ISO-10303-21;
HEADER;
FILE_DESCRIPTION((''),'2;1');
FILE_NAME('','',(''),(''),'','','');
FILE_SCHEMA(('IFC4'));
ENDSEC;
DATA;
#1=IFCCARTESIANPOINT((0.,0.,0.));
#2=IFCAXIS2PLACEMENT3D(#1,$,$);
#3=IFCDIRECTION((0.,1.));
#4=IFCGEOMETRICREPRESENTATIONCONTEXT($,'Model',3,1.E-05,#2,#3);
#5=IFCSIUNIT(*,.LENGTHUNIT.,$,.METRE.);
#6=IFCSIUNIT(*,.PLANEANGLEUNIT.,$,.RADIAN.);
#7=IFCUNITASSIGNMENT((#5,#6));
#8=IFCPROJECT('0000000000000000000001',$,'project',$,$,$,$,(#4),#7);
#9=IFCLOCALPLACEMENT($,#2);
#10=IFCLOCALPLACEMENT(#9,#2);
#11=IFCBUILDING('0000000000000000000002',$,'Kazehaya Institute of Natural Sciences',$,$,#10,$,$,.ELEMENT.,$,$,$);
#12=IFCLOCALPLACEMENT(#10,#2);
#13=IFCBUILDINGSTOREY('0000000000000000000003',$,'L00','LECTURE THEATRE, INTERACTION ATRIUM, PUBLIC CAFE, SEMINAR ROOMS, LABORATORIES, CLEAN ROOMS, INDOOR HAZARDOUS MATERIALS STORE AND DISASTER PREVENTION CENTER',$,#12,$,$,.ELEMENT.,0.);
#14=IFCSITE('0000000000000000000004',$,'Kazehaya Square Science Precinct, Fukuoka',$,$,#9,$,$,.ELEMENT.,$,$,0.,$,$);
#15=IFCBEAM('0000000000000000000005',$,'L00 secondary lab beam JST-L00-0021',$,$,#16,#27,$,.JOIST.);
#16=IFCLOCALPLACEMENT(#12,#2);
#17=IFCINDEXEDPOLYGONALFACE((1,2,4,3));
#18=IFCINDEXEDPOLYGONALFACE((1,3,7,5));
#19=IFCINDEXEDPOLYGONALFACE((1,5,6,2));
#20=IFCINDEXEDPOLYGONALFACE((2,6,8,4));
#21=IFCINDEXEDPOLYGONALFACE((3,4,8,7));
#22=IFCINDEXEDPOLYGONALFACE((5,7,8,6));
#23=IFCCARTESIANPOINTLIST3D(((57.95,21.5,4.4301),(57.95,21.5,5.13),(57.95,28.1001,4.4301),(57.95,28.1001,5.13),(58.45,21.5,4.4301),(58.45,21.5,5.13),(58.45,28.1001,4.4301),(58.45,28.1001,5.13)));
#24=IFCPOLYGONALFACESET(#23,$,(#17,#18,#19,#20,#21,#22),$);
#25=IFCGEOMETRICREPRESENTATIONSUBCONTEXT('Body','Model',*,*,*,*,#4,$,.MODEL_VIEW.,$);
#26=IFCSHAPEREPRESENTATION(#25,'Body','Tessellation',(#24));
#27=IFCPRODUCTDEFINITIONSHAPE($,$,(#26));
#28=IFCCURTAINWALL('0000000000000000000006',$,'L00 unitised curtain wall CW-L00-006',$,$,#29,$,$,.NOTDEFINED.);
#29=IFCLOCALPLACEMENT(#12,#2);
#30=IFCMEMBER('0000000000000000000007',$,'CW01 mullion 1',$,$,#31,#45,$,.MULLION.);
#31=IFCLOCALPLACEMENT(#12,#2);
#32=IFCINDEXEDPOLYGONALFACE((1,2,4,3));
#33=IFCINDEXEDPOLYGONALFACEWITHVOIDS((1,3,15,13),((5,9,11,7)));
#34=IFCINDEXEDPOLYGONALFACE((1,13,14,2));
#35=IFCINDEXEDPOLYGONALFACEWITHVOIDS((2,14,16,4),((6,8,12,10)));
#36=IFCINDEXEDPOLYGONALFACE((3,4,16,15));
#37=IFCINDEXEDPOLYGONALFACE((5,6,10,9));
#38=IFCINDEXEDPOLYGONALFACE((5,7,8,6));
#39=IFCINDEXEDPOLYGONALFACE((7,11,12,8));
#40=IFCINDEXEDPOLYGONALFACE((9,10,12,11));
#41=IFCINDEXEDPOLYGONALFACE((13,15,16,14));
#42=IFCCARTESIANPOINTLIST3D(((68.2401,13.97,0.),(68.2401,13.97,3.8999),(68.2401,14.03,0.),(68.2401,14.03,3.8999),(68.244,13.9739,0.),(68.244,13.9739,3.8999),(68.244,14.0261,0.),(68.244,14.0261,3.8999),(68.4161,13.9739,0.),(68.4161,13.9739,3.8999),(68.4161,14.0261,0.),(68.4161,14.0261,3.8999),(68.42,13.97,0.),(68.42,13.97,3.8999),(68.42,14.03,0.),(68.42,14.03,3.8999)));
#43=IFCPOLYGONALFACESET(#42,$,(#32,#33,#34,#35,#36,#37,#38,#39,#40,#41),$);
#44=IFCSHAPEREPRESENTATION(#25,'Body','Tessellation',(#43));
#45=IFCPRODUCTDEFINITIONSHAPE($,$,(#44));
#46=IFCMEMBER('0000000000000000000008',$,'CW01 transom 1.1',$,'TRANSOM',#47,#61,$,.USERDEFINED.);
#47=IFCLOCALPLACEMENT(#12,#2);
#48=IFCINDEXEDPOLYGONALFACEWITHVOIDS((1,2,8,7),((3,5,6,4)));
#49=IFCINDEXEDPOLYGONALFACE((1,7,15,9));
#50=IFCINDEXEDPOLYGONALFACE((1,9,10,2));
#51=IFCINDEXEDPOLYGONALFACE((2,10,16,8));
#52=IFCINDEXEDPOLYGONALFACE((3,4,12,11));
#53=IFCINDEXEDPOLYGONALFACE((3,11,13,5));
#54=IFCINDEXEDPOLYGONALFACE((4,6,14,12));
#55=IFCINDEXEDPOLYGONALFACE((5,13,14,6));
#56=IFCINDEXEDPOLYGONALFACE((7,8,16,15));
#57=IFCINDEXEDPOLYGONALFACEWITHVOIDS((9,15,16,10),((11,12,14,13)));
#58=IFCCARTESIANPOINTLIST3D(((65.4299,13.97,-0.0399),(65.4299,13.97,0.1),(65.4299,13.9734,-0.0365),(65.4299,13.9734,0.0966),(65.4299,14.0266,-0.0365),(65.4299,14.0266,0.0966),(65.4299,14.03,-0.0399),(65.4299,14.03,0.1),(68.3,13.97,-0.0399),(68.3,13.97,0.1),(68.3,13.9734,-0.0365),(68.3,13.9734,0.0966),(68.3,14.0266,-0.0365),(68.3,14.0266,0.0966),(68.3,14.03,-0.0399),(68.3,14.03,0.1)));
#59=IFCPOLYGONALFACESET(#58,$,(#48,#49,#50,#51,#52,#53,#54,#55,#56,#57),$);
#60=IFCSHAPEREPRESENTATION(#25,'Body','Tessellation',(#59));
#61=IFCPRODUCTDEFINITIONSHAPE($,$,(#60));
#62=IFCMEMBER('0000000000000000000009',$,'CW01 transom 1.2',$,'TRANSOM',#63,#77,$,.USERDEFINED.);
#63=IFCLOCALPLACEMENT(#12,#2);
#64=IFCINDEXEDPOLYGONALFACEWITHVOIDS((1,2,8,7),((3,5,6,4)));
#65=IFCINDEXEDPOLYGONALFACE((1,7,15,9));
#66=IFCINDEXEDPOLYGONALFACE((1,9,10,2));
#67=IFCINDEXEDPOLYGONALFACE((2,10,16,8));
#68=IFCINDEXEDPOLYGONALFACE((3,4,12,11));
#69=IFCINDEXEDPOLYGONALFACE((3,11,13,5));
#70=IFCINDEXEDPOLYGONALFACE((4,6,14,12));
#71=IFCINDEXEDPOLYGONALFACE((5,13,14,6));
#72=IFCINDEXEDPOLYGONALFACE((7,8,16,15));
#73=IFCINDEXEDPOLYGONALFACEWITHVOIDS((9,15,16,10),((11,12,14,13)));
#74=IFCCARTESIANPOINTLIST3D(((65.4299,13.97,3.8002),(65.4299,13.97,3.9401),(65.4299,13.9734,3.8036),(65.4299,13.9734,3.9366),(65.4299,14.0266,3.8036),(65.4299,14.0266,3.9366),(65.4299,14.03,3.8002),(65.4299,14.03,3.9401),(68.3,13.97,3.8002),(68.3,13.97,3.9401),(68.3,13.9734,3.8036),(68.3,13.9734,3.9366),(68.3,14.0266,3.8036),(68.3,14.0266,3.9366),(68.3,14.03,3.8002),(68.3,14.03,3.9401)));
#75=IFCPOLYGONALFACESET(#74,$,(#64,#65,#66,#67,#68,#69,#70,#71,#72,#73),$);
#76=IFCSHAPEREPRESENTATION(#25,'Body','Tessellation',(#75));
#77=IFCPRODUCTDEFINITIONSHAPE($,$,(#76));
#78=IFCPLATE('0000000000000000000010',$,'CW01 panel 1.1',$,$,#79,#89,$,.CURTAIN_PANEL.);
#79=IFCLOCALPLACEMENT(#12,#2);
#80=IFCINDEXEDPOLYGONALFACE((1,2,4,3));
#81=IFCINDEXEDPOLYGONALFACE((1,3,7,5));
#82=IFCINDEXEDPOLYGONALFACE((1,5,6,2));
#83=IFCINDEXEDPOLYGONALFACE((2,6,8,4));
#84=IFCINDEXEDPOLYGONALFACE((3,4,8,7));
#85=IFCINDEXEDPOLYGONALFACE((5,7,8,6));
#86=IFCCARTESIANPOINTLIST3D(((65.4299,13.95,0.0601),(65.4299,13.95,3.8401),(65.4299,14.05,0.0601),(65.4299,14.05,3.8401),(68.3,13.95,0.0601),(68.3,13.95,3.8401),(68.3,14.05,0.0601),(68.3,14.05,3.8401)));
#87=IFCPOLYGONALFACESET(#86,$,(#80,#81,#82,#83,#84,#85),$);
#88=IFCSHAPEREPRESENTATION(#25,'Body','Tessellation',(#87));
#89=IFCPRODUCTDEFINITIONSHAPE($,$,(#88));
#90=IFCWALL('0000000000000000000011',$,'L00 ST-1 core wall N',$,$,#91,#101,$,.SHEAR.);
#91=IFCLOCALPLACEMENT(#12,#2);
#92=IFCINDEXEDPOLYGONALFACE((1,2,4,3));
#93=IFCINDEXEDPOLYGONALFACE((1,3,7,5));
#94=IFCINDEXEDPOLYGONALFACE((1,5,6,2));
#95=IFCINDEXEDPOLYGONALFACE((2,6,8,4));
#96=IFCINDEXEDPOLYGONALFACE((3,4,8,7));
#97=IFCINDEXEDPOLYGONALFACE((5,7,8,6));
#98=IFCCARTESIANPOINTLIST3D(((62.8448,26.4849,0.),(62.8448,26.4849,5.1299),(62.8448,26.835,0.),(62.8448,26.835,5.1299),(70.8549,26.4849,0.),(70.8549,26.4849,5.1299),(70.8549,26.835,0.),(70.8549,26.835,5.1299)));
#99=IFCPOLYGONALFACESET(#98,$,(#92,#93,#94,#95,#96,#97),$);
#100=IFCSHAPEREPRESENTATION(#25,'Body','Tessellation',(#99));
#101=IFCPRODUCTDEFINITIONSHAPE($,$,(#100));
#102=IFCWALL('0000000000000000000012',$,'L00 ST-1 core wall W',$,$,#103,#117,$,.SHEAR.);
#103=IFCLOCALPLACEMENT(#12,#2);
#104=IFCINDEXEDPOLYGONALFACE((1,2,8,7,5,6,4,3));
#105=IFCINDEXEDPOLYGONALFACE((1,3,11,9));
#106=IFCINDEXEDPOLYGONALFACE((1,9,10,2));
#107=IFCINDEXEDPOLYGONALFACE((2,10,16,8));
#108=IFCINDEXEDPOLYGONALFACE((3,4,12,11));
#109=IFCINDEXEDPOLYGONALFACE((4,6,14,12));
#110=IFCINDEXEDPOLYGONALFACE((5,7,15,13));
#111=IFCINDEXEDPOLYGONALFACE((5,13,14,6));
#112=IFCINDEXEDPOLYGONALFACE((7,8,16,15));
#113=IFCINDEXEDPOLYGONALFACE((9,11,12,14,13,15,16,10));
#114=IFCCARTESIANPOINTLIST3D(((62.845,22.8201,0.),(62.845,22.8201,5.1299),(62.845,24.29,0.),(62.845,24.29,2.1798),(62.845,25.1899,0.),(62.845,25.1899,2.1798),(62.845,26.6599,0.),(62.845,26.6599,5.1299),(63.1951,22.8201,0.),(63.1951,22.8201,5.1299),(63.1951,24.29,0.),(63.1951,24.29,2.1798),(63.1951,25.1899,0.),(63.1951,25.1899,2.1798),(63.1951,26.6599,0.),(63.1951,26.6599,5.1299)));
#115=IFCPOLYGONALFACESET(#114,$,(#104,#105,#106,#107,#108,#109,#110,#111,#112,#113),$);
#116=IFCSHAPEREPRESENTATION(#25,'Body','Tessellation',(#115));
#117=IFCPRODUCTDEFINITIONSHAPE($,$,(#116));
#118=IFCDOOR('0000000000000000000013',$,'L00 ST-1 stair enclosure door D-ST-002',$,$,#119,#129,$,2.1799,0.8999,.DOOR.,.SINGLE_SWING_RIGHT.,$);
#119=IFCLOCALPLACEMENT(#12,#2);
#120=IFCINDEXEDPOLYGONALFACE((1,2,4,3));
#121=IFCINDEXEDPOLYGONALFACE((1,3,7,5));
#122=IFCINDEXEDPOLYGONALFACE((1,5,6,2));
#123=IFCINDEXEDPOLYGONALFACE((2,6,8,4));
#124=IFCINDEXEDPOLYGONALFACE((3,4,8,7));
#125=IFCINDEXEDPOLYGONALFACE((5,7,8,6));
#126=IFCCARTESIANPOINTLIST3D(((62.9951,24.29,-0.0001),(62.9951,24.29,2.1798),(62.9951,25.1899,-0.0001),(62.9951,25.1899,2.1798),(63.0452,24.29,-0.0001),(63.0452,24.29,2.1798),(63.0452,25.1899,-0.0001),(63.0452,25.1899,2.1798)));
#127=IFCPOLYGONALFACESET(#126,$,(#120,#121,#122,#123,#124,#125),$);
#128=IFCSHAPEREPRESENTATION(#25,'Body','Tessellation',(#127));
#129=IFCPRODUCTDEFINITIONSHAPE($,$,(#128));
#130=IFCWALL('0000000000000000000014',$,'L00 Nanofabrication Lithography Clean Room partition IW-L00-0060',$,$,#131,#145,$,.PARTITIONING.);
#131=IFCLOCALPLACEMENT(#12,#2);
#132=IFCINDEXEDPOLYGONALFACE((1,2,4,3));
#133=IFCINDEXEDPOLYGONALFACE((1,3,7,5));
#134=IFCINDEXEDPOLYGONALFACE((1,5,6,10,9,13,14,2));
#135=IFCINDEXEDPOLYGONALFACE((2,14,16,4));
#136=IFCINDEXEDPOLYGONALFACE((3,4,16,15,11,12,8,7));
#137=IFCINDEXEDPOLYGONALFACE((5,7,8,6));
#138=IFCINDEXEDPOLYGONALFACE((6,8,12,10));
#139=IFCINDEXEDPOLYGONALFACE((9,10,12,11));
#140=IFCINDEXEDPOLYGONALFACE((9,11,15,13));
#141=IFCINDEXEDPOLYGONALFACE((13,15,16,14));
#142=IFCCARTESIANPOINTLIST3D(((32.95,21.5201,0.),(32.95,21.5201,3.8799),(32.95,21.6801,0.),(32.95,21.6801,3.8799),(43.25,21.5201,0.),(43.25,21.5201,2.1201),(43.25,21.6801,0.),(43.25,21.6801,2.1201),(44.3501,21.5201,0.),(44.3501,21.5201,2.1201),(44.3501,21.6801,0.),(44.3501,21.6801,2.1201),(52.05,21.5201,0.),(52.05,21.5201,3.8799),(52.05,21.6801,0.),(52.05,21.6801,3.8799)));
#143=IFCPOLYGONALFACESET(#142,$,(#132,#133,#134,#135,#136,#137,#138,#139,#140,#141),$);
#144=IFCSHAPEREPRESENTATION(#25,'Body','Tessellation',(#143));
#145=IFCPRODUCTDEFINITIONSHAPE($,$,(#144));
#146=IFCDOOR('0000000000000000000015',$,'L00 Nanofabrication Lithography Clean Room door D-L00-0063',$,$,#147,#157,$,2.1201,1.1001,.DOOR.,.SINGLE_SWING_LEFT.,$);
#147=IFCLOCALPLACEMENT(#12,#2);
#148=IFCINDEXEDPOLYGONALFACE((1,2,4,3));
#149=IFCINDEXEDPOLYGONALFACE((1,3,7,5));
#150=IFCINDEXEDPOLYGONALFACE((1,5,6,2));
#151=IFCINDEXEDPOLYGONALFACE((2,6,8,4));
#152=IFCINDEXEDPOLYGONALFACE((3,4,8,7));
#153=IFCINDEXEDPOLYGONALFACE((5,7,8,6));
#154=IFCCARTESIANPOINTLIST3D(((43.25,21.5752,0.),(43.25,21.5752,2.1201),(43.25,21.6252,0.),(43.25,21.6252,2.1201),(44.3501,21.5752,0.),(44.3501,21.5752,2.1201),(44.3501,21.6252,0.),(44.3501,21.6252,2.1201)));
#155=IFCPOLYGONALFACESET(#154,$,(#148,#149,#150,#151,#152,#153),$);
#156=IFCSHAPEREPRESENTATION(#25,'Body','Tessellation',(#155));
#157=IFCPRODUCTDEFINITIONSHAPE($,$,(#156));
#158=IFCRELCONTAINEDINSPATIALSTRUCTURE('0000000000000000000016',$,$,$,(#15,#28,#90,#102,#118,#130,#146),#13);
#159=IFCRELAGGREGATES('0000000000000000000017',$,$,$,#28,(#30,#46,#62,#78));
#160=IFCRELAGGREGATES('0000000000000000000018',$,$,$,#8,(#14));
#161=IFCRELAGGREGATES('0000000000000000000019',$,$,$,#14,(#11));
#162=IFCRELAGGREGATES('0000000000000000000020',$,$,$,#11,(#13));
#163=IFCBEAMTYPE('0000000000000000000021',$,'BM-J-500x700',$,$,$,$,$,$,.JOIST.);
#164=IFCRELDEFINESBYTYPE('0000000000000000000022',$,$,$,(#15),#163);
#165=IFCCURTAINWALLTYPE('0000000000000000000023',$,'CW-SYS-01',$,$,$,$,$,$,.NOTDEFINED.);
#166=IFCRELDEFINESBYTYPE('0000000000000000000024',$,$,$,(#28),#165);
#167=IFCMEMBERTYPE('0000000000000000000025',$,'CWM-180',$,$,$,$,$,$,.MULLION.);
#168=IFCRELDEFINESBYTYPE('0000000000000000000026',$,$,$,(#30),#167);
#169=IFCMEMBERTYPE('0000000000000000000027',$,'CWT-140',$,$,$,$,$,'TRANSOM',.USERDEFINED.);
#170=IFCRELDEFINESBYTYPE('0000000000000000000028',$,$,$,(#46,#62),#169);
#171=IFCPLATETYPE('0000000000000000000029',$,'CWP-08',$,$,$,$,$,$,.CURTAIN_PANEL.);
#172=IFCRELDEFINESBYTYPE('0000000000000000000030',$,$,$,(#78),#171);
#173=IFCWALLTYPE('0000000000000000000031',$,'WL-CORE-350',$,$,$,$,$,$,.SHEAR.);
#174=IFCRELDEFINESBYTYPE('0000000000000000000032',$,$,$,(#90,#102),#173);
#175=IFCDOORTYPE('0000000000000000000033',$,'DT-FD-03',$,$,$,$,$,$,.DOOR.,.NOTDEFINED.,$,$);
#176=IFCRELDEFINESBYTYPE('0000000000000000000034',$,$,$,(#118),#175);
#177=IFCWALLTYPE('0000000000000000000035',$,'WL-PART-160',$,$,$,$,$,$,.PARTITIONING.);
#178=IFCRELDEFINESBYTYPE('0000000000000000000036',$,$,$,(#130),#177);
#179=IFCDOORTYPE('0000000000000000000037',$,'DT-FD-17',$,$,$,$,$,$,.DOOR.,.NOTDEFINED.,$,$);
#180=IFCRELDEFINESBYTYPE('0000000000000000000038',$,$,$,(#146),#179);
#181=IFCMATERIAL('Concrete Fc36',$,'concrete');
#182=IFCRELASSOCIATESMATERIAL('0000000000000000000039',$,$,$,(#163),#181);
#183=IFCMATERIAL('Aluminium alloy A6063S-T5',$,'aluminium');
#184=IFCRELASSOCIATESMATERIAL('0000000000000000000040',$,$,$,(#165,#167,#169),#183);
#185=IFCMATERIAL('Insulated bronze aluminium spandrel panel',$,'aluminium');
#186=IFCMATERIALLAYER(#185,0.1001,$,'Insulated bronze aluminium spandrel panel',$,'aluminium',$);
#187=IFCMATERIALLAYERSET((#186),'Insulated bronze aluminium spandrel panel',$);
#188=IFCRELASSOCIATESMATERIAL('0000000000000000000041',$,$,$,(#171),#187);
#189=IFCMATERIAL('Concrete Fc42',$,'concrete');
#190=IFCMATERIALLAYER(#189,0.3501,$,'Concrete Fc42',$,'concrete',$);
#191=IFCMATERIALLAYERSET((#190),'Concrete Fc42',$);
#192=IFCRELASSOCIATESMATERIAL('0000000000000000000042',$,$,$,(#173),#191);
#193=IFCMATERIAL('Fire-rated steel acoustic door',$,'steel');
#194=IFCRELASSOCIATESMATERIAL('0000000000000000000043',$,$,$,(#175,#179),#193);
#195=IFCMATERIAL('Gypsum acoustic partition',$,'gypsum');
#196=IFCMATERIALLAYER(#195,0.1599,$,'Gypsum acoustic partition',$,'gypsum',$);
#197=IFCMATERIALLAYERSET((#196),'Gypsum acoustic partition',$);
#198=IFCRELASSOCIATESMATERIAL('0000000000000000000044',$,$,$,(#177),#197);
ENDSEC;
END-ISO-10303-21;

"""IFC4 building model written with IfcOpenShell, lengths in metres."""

from ifc_helpers import new_model, si_unit, direction, frame, frame_2d, origin, origin_2d, place, context, subcontext, project, spatial, rectangle, hollow_rectangle, extrude, material, layer, layer_set, material_profile, profile_set, type_object, element, fill, aggregate, save


model = new_model("IFC4")

# Units and contexts
model_context = context("Model", 3, precision=1e-05, world=origin(), true_north=direction((0.0, 1.0)))
body_context = subcontext(model_context, "Body", "Model", "MODEL_VIEW")
ifc_project = project(units=[si_unit("LENGTHUNIT", "METRE"), si_unit("PLANEANGLEUNIT", "RADIAN")], contexts=[model_context])

# Site, building, storey
site_placement = place(None, origin())
site = spatial("IfcSite", under=ifc_project, at=site_placement, Name="Kazehaya Square Science Precinct, Fukuoka", CompositionType="ELEMENT", RefElevation=0.0)
building_placement = place(site_placement, origin())
building = spatial("IfcBuilding", under=site, at=building_placement, Name="Kazehaya Institute of Natural Sciences", CompositionType="ELEMENT")
storey_placement = place(building_placement, origin())
storey = spatial("IfcBuildingStorey", under=building, at=storey_placement, Name="L00", Description="LECTURE THEATRE, INTERACTION ATRIUM, PUBLIC CAFE, SEMINAR ROOMS, LABORATORIES, CLEAN ROOMS, INDOOR HAZARDOUS MATERIALS STORE AND DISASTER PREVENTION CENTER", CompositionType="ELEMENT", Elevation=0.0)

# Shared definitions
ifc_material_1 = material(Name="Concrete Fc42", Category="concrete")

# Beam
ifc_material_2 = material(Name="Concrete Fc36", Category="concrete")
ifc_material_profile_1 = material_profile(ifc_material_2, rectangle(XDim=0.5, YDim=0.7, at=origin_2d()), Name="RC-500x700")
ifc_profile_set_1 = profile_set([ifc_material_profile_1], Name="Concrete Fc36")
beam_type_1 = type_object("IfcBeamType", Name="BM-J-500x700", PredefinedType="JOIST", material=ifc_profile_set_1)
beam_1_placement = place(storey_placement, frame((58.2, 21.5, 4.78), z_axis=(0.0, 1.0, 0.0), x_axis=(-1.0, 0.0, 0.0)))
element("IfcBeam", 1, at=beam_1_placement, inside=storey, type_object=beam_type_1, Name="L00 secondary lab beam JST-L00-0021", PredefinedType="JOIST", context=body_context, shape_type="SweptSolid", body=[
    extrude(rectangle(XDim=0.5, YDim=0.7, at=origin_2d()), origin(), (0.0, 0.0, 1.0), 6.6001),
])

# Curtain wall, members, plate
ifc_material_3 = material(Name="Aluminium alloy A6063S-T5", Category="aluminium")
curtain_wall_type = type_object("IfcCurtainWallType", Name="CW-SYS-01", PredefinedType="NOTDEFINED", material=ifc_material_3)
curtain_wall_placement = place(storey_placement, origin())
curtain_wall = element("IfcCurtainWall", 2, at=curtain_wall_placement, inside=storey, type_object=curtain_wall_type, Name="L00 unitised curtain wall CW-L00-006", PredefinedType="NOTDEFINED")
ifc_material_profile_2 = material_profile(ifc_material_3, hollow_rectangle(XDim=0.0601, YDim=0.1799, WallThickness=0.0039, at=origin_2d()), Name="ALU-60x180x4")
ifc_profile_set_2 = profile_set([ifc_material_profile_2], Name="Aluminium alloy A6063S-T5")
member_type_1 = type_object("IfcMemberType", Name="CWM-180", PredefinedType="MULLION", material=ifc_profile_set_2)
member_1_placement = place(storey_placement, frame((68.3301, 14.0, 0.0), z_axis=(0.0, 0.0, 1.0), x_axis=(0.0, -1.0, 0.0)))
member_1 = element("IfcMember", 3, at=member_1_placement, type_object=member_type_1, Name="CW01 mullion 1", PredefinedType="MULLION", context=body_context, shape_type="SweptSolid", body=[
    extrude(hollow_rectangle(XDim=0.0601, YDim=0.1799, WallThickness=0.0039, at=origin_2d()), origin(), (0.0, 0.0, 1.0), 3.8999),
])
ifc_material_profile_3 = material_profile(ifc_material_3, hollow_rectangle(XDim=0.0601, YDim=0.1399, WallThickness=0.0034, at=origin_2d()), Name="ALU-60x140x3.5")
ifc_profile_set_3 = profile_set([ifc_material_profile_3], Name="Aluminium alloy A6063S-T5")
member_type_2 = type_object("IfcMemberType", Name="CWT-140", ElementType="TRANSOM", PredefinedType="USERDEFINED", material=ifc_profile_set_3)
member_2_placement = place(storey_placement, frame((68.3, 14.0, 0.03), z_axis=(-1.0, 0.0, 0.0), x_axis=(0.0, -1.0, 0.0)))
member_2 = element("IfcMember", 4, at=member_2_placement, type_object=member_type_2, Name="CW01 transom 1.1", ObjectType="TRANSOM", PredefinedType="USERDEFINED", context=body_context, shape_type="SweptSolid", body=[
    extrude(hollow_rectangle(XDim=0.0601, YDim=0.1399, WallThickness=0.0034, at=origin_2d()), origin(), (0.0, 0.0, 1.0), 2.8701),
])
member_3_placement = place(storey_placement, frame((68.3, 14.0, 3.8701), z_axis=(-1.0, 0.0, 0.0), x_axis=(0.0, -1.0, 0.0)))
member_3 = element("IfcMember", 5, at=member_3_placement, type_object=member_type_2, Name="CW01 transom 1.2", ObjectType="TRANSOM", PredefinedType="USERDEFINED", context=body_context, shape_type="SweptSolid", body=[
    extrude(hollow_rectangle(XDim=0.0601, YDim=0.1399, WallThickness=0.0034, at=origin_2d()), origin(), (0.0, 0.0, 1.0), 2.8701),
])
ifc_material_4 = material(Name="Insulated bronze aluminium spandrel panel", Category="aluminium")
ifc_layer_1 = layer(ifc_material_4, 0.1001, Name="Insulated bronze aluminium spandrel panel", Category="aluminium")
ifc_layer_set_1 = layer_set([ifc_layer_1], Name="Insulated bronze aluminium spandrel panel")
plate_type = type_object("IfcPlateType", Name="CWP-08", PredefinedType="CURTAIN_PANEL", material=ifc_layer_set_1)
plate_placement = place(storey_placement, frame((66.865, 14.0, 0.0601), z_axis=(0.0, 0.0, 1.0), x_axis=(-1.0, 0.0, 0.0)))
plate = element("IfcPlate", 6, at=plate_placement, type_object=plate_type, Name="CW01 panel 1.1", PredefinedType="CURTAIN_PANEL", context=body_context, shape_type="SweptSolid", body=[
    extrude(rectangle(XDim=2.8701, YDim=0.1001, at=origin_2d()), origin(), (0.0, 0.0, 1.0), 3.78),
])
aggregate(curtain_wall, [member_1, member_2, member_3, plate])

# Wall
ifc_layer_2 = layer(ifc_material_1, 0.3501, Name="Concrete Fc42", Category="concrete")
ifc_layer_set_2 = layer_set([ifc_layer_2], Name="Concrete Fc42")
wall_type_1 = type_object("IfcWallType", Name="WL-CORE-350", PredefinedType="SHEAR", material=ifc_layer_set_2)
wall_1_placement = place(storey_placement, frame((62.845, 26.6599, 0.0), z_axis=(0.0, 0.0, 1.0), x_axis=(1.0, 0.0, 0.0)))
element("IfcWall", 7, at=wall_1_placement, inside=storey, type_object=wall_type_1, Name="L00 ST-1 core wall N", PredefinedType="SHEAR", context=body_context, shape_type="SweptSolid", body=[
    extrude(rectangle(XDim=8.01, YDim=0.3501, at=frame_2d((4.0049, 0.0))), origin(), (0.0, 0.0, 1.0), 5.1299),
])

# Walls, openings, doors
wall_2_placement = place(storey_placement, frame((63.02, 22.8201, 0.0), z_axis=(0.0, 0.0, 1.0), x_axis=(0.0, 1.0, 0.0)))
wall_2 = element("IfcWall", 8, at=wall_2_placement, inside=storey, type_object=wall_type_1, Name="L00 ST-1 core wall W", PredefinedType="SHEAR", context=body_context, shape_type="SweptSolid", body=[
    extrude(rectangle(XDim=3.8398, YDim=0.3501, at=frame_2d((1.9199, 0.0))), origin(), (0.0, 0.0, 1.0), 5.1299),
])
opening_1_placement = place(wall_2_placement, frame((1.47, 0.0, 0.0)))
opening_1 = element("IfcOpeningElement", 9, at=opening_1_placement, cuts=wall_2, PredefinedType="OPENING", context=body_context, shape_type="SweptSolid", body=[
    extrude(rectangle(XDim=0.8999, YDim=2.1799, at=frame_2d((0.45, 1.0898))), frame((0.0, 0.1851, 0.0), z_axis=(0.0, -1.0, 0.0), x_axis=(1.0, 0.0, 0.0)), (0.0, 0.0, 1.0), 0.3701),
])
ifc_material_5 = material(Name="Fire-rated steel acoustic door", Category="steel")
door_type_1 = type_object("IfcDoorType", Name="DT-FD-03", OperationType="NOTDEFINED", PredefinedType="DOOR", material=ifc_material_5)
door_1_placement = place(opening_1_placement, origin())
door_1 = element("IfcDoor", 10, at=door_1_placement, inside=storey, type_object=door_type_1, Name="L00 ST-1 stair enclosure door D-ST-002", OperationType="SINGLE_SWING_RIGHT", OverallHeight=2.1799, OverallWidth=0.8999, PredefinedType="DOOR", context=body_context, shape_type="SweptSolid", body=[
    extrude(rectangle(XDim=0.8999, YDim=2.1799, at=frame_2d((0.45, 1.0898))), frame((0.0, 0.0249, 0.0), z_axis=(0.0, -1.0, 0.0), x_axis=(1.0, 0.0, 0.0)), (0.0, 0.0, 1.0), 0.05),
])
fill(opening_1, door_1)
ifc_material_6 = material(Name="Gypsum acoustic partition", Category="gypsum")
ifc_layer_3 = layer(ifc_material_6, 0.1599, Name="Gypsum acoustic partition", Category="gypsum")
ifc_layer_set_3 = layer_set([ifc_layer_3], Name="Gypsum acoustic partition")
wall_type_2 = type_object("IfcWallType", Name="WL-PART-160", PredefinedType="PARTITIONING", material=ifc_layer_set_3)
wall_3_placement = place(storey_placement, frame((52.05, 21.6001, 0.0), z_axis=(0.0, 0.0, 1.0), x_axis=(-1.0, 0.0, 0.0)))
wall_3 = element("IfcWall", 11, at=wall_3_placement, inside=storey, type_object=wall_type_2, Name="L00 Nanofabrication Lithography Clean Room partition IW-L00-0060", PredefinedType="PARTITIONING", context=body_context, shape_type="SweptSolid", body=[
    extrude(rectangle(XDim=19.1001, YDim=0.1599, at=frame_2d((9.55, 0.0))), origin(), (0.0, 0.0, 1.0), 3.8799),
])
opening_2_placement = place(wall_3_placement, frame((7.7, 0.0, 0.0)))
opening_2 = element("IfcOpeningElement", 12, at=opening_2_placement, cuts=wall_3, PredefinedType="OPENING", context=body_context, shape_type="SweptSolid", body=[
    extrude(rectangle(XDim=1.1001, YDim=2.1201, at=frame_2d((0.55, 1.0601))), frame((0.0, 0.0898, 0.0), z_axis=(0.0, -1.0, 0.0), x_axis=(1.0, 0.0, 0.0)), (0.0, 0.0, 1.0), 0.1799),
])
door_type_2 = type_object("IfcDoorType", Name="DT-FD-17", OperationType="NOTDEFINED", PredefinedType="DOOR", material=ifc_material_5)
door_2_placement = place(opening_2_placement, origin())
door_2 = element("IfcDoor", 13, at=door_2_placement, inside=storey, type_object=door_type_2, Name="L00 Nanofabrication Lithography Clean Room door D-L00-0063", OperationType="SINGLE_SWING_LEFT", OverallHeight=2.1201, OverallWidth=1.1001, PredefinedType="DOOR", context=body_context, shape_type="SweptSolid", body=[
    extrude(rectangle(XDim=1.1001, YDim=2.1201, at=frame_2d((0.55, 1.0601))), frame((0.0, 0.0249, 0.0), z_axis=(0.0, -1.0, 0.0), x_axis=(1.0, 0.0, 0.0)), (0.0, 0.0, 1.0), 0.05),
])
fill(opening_2, door_2)

save(model, "model.ifc")
